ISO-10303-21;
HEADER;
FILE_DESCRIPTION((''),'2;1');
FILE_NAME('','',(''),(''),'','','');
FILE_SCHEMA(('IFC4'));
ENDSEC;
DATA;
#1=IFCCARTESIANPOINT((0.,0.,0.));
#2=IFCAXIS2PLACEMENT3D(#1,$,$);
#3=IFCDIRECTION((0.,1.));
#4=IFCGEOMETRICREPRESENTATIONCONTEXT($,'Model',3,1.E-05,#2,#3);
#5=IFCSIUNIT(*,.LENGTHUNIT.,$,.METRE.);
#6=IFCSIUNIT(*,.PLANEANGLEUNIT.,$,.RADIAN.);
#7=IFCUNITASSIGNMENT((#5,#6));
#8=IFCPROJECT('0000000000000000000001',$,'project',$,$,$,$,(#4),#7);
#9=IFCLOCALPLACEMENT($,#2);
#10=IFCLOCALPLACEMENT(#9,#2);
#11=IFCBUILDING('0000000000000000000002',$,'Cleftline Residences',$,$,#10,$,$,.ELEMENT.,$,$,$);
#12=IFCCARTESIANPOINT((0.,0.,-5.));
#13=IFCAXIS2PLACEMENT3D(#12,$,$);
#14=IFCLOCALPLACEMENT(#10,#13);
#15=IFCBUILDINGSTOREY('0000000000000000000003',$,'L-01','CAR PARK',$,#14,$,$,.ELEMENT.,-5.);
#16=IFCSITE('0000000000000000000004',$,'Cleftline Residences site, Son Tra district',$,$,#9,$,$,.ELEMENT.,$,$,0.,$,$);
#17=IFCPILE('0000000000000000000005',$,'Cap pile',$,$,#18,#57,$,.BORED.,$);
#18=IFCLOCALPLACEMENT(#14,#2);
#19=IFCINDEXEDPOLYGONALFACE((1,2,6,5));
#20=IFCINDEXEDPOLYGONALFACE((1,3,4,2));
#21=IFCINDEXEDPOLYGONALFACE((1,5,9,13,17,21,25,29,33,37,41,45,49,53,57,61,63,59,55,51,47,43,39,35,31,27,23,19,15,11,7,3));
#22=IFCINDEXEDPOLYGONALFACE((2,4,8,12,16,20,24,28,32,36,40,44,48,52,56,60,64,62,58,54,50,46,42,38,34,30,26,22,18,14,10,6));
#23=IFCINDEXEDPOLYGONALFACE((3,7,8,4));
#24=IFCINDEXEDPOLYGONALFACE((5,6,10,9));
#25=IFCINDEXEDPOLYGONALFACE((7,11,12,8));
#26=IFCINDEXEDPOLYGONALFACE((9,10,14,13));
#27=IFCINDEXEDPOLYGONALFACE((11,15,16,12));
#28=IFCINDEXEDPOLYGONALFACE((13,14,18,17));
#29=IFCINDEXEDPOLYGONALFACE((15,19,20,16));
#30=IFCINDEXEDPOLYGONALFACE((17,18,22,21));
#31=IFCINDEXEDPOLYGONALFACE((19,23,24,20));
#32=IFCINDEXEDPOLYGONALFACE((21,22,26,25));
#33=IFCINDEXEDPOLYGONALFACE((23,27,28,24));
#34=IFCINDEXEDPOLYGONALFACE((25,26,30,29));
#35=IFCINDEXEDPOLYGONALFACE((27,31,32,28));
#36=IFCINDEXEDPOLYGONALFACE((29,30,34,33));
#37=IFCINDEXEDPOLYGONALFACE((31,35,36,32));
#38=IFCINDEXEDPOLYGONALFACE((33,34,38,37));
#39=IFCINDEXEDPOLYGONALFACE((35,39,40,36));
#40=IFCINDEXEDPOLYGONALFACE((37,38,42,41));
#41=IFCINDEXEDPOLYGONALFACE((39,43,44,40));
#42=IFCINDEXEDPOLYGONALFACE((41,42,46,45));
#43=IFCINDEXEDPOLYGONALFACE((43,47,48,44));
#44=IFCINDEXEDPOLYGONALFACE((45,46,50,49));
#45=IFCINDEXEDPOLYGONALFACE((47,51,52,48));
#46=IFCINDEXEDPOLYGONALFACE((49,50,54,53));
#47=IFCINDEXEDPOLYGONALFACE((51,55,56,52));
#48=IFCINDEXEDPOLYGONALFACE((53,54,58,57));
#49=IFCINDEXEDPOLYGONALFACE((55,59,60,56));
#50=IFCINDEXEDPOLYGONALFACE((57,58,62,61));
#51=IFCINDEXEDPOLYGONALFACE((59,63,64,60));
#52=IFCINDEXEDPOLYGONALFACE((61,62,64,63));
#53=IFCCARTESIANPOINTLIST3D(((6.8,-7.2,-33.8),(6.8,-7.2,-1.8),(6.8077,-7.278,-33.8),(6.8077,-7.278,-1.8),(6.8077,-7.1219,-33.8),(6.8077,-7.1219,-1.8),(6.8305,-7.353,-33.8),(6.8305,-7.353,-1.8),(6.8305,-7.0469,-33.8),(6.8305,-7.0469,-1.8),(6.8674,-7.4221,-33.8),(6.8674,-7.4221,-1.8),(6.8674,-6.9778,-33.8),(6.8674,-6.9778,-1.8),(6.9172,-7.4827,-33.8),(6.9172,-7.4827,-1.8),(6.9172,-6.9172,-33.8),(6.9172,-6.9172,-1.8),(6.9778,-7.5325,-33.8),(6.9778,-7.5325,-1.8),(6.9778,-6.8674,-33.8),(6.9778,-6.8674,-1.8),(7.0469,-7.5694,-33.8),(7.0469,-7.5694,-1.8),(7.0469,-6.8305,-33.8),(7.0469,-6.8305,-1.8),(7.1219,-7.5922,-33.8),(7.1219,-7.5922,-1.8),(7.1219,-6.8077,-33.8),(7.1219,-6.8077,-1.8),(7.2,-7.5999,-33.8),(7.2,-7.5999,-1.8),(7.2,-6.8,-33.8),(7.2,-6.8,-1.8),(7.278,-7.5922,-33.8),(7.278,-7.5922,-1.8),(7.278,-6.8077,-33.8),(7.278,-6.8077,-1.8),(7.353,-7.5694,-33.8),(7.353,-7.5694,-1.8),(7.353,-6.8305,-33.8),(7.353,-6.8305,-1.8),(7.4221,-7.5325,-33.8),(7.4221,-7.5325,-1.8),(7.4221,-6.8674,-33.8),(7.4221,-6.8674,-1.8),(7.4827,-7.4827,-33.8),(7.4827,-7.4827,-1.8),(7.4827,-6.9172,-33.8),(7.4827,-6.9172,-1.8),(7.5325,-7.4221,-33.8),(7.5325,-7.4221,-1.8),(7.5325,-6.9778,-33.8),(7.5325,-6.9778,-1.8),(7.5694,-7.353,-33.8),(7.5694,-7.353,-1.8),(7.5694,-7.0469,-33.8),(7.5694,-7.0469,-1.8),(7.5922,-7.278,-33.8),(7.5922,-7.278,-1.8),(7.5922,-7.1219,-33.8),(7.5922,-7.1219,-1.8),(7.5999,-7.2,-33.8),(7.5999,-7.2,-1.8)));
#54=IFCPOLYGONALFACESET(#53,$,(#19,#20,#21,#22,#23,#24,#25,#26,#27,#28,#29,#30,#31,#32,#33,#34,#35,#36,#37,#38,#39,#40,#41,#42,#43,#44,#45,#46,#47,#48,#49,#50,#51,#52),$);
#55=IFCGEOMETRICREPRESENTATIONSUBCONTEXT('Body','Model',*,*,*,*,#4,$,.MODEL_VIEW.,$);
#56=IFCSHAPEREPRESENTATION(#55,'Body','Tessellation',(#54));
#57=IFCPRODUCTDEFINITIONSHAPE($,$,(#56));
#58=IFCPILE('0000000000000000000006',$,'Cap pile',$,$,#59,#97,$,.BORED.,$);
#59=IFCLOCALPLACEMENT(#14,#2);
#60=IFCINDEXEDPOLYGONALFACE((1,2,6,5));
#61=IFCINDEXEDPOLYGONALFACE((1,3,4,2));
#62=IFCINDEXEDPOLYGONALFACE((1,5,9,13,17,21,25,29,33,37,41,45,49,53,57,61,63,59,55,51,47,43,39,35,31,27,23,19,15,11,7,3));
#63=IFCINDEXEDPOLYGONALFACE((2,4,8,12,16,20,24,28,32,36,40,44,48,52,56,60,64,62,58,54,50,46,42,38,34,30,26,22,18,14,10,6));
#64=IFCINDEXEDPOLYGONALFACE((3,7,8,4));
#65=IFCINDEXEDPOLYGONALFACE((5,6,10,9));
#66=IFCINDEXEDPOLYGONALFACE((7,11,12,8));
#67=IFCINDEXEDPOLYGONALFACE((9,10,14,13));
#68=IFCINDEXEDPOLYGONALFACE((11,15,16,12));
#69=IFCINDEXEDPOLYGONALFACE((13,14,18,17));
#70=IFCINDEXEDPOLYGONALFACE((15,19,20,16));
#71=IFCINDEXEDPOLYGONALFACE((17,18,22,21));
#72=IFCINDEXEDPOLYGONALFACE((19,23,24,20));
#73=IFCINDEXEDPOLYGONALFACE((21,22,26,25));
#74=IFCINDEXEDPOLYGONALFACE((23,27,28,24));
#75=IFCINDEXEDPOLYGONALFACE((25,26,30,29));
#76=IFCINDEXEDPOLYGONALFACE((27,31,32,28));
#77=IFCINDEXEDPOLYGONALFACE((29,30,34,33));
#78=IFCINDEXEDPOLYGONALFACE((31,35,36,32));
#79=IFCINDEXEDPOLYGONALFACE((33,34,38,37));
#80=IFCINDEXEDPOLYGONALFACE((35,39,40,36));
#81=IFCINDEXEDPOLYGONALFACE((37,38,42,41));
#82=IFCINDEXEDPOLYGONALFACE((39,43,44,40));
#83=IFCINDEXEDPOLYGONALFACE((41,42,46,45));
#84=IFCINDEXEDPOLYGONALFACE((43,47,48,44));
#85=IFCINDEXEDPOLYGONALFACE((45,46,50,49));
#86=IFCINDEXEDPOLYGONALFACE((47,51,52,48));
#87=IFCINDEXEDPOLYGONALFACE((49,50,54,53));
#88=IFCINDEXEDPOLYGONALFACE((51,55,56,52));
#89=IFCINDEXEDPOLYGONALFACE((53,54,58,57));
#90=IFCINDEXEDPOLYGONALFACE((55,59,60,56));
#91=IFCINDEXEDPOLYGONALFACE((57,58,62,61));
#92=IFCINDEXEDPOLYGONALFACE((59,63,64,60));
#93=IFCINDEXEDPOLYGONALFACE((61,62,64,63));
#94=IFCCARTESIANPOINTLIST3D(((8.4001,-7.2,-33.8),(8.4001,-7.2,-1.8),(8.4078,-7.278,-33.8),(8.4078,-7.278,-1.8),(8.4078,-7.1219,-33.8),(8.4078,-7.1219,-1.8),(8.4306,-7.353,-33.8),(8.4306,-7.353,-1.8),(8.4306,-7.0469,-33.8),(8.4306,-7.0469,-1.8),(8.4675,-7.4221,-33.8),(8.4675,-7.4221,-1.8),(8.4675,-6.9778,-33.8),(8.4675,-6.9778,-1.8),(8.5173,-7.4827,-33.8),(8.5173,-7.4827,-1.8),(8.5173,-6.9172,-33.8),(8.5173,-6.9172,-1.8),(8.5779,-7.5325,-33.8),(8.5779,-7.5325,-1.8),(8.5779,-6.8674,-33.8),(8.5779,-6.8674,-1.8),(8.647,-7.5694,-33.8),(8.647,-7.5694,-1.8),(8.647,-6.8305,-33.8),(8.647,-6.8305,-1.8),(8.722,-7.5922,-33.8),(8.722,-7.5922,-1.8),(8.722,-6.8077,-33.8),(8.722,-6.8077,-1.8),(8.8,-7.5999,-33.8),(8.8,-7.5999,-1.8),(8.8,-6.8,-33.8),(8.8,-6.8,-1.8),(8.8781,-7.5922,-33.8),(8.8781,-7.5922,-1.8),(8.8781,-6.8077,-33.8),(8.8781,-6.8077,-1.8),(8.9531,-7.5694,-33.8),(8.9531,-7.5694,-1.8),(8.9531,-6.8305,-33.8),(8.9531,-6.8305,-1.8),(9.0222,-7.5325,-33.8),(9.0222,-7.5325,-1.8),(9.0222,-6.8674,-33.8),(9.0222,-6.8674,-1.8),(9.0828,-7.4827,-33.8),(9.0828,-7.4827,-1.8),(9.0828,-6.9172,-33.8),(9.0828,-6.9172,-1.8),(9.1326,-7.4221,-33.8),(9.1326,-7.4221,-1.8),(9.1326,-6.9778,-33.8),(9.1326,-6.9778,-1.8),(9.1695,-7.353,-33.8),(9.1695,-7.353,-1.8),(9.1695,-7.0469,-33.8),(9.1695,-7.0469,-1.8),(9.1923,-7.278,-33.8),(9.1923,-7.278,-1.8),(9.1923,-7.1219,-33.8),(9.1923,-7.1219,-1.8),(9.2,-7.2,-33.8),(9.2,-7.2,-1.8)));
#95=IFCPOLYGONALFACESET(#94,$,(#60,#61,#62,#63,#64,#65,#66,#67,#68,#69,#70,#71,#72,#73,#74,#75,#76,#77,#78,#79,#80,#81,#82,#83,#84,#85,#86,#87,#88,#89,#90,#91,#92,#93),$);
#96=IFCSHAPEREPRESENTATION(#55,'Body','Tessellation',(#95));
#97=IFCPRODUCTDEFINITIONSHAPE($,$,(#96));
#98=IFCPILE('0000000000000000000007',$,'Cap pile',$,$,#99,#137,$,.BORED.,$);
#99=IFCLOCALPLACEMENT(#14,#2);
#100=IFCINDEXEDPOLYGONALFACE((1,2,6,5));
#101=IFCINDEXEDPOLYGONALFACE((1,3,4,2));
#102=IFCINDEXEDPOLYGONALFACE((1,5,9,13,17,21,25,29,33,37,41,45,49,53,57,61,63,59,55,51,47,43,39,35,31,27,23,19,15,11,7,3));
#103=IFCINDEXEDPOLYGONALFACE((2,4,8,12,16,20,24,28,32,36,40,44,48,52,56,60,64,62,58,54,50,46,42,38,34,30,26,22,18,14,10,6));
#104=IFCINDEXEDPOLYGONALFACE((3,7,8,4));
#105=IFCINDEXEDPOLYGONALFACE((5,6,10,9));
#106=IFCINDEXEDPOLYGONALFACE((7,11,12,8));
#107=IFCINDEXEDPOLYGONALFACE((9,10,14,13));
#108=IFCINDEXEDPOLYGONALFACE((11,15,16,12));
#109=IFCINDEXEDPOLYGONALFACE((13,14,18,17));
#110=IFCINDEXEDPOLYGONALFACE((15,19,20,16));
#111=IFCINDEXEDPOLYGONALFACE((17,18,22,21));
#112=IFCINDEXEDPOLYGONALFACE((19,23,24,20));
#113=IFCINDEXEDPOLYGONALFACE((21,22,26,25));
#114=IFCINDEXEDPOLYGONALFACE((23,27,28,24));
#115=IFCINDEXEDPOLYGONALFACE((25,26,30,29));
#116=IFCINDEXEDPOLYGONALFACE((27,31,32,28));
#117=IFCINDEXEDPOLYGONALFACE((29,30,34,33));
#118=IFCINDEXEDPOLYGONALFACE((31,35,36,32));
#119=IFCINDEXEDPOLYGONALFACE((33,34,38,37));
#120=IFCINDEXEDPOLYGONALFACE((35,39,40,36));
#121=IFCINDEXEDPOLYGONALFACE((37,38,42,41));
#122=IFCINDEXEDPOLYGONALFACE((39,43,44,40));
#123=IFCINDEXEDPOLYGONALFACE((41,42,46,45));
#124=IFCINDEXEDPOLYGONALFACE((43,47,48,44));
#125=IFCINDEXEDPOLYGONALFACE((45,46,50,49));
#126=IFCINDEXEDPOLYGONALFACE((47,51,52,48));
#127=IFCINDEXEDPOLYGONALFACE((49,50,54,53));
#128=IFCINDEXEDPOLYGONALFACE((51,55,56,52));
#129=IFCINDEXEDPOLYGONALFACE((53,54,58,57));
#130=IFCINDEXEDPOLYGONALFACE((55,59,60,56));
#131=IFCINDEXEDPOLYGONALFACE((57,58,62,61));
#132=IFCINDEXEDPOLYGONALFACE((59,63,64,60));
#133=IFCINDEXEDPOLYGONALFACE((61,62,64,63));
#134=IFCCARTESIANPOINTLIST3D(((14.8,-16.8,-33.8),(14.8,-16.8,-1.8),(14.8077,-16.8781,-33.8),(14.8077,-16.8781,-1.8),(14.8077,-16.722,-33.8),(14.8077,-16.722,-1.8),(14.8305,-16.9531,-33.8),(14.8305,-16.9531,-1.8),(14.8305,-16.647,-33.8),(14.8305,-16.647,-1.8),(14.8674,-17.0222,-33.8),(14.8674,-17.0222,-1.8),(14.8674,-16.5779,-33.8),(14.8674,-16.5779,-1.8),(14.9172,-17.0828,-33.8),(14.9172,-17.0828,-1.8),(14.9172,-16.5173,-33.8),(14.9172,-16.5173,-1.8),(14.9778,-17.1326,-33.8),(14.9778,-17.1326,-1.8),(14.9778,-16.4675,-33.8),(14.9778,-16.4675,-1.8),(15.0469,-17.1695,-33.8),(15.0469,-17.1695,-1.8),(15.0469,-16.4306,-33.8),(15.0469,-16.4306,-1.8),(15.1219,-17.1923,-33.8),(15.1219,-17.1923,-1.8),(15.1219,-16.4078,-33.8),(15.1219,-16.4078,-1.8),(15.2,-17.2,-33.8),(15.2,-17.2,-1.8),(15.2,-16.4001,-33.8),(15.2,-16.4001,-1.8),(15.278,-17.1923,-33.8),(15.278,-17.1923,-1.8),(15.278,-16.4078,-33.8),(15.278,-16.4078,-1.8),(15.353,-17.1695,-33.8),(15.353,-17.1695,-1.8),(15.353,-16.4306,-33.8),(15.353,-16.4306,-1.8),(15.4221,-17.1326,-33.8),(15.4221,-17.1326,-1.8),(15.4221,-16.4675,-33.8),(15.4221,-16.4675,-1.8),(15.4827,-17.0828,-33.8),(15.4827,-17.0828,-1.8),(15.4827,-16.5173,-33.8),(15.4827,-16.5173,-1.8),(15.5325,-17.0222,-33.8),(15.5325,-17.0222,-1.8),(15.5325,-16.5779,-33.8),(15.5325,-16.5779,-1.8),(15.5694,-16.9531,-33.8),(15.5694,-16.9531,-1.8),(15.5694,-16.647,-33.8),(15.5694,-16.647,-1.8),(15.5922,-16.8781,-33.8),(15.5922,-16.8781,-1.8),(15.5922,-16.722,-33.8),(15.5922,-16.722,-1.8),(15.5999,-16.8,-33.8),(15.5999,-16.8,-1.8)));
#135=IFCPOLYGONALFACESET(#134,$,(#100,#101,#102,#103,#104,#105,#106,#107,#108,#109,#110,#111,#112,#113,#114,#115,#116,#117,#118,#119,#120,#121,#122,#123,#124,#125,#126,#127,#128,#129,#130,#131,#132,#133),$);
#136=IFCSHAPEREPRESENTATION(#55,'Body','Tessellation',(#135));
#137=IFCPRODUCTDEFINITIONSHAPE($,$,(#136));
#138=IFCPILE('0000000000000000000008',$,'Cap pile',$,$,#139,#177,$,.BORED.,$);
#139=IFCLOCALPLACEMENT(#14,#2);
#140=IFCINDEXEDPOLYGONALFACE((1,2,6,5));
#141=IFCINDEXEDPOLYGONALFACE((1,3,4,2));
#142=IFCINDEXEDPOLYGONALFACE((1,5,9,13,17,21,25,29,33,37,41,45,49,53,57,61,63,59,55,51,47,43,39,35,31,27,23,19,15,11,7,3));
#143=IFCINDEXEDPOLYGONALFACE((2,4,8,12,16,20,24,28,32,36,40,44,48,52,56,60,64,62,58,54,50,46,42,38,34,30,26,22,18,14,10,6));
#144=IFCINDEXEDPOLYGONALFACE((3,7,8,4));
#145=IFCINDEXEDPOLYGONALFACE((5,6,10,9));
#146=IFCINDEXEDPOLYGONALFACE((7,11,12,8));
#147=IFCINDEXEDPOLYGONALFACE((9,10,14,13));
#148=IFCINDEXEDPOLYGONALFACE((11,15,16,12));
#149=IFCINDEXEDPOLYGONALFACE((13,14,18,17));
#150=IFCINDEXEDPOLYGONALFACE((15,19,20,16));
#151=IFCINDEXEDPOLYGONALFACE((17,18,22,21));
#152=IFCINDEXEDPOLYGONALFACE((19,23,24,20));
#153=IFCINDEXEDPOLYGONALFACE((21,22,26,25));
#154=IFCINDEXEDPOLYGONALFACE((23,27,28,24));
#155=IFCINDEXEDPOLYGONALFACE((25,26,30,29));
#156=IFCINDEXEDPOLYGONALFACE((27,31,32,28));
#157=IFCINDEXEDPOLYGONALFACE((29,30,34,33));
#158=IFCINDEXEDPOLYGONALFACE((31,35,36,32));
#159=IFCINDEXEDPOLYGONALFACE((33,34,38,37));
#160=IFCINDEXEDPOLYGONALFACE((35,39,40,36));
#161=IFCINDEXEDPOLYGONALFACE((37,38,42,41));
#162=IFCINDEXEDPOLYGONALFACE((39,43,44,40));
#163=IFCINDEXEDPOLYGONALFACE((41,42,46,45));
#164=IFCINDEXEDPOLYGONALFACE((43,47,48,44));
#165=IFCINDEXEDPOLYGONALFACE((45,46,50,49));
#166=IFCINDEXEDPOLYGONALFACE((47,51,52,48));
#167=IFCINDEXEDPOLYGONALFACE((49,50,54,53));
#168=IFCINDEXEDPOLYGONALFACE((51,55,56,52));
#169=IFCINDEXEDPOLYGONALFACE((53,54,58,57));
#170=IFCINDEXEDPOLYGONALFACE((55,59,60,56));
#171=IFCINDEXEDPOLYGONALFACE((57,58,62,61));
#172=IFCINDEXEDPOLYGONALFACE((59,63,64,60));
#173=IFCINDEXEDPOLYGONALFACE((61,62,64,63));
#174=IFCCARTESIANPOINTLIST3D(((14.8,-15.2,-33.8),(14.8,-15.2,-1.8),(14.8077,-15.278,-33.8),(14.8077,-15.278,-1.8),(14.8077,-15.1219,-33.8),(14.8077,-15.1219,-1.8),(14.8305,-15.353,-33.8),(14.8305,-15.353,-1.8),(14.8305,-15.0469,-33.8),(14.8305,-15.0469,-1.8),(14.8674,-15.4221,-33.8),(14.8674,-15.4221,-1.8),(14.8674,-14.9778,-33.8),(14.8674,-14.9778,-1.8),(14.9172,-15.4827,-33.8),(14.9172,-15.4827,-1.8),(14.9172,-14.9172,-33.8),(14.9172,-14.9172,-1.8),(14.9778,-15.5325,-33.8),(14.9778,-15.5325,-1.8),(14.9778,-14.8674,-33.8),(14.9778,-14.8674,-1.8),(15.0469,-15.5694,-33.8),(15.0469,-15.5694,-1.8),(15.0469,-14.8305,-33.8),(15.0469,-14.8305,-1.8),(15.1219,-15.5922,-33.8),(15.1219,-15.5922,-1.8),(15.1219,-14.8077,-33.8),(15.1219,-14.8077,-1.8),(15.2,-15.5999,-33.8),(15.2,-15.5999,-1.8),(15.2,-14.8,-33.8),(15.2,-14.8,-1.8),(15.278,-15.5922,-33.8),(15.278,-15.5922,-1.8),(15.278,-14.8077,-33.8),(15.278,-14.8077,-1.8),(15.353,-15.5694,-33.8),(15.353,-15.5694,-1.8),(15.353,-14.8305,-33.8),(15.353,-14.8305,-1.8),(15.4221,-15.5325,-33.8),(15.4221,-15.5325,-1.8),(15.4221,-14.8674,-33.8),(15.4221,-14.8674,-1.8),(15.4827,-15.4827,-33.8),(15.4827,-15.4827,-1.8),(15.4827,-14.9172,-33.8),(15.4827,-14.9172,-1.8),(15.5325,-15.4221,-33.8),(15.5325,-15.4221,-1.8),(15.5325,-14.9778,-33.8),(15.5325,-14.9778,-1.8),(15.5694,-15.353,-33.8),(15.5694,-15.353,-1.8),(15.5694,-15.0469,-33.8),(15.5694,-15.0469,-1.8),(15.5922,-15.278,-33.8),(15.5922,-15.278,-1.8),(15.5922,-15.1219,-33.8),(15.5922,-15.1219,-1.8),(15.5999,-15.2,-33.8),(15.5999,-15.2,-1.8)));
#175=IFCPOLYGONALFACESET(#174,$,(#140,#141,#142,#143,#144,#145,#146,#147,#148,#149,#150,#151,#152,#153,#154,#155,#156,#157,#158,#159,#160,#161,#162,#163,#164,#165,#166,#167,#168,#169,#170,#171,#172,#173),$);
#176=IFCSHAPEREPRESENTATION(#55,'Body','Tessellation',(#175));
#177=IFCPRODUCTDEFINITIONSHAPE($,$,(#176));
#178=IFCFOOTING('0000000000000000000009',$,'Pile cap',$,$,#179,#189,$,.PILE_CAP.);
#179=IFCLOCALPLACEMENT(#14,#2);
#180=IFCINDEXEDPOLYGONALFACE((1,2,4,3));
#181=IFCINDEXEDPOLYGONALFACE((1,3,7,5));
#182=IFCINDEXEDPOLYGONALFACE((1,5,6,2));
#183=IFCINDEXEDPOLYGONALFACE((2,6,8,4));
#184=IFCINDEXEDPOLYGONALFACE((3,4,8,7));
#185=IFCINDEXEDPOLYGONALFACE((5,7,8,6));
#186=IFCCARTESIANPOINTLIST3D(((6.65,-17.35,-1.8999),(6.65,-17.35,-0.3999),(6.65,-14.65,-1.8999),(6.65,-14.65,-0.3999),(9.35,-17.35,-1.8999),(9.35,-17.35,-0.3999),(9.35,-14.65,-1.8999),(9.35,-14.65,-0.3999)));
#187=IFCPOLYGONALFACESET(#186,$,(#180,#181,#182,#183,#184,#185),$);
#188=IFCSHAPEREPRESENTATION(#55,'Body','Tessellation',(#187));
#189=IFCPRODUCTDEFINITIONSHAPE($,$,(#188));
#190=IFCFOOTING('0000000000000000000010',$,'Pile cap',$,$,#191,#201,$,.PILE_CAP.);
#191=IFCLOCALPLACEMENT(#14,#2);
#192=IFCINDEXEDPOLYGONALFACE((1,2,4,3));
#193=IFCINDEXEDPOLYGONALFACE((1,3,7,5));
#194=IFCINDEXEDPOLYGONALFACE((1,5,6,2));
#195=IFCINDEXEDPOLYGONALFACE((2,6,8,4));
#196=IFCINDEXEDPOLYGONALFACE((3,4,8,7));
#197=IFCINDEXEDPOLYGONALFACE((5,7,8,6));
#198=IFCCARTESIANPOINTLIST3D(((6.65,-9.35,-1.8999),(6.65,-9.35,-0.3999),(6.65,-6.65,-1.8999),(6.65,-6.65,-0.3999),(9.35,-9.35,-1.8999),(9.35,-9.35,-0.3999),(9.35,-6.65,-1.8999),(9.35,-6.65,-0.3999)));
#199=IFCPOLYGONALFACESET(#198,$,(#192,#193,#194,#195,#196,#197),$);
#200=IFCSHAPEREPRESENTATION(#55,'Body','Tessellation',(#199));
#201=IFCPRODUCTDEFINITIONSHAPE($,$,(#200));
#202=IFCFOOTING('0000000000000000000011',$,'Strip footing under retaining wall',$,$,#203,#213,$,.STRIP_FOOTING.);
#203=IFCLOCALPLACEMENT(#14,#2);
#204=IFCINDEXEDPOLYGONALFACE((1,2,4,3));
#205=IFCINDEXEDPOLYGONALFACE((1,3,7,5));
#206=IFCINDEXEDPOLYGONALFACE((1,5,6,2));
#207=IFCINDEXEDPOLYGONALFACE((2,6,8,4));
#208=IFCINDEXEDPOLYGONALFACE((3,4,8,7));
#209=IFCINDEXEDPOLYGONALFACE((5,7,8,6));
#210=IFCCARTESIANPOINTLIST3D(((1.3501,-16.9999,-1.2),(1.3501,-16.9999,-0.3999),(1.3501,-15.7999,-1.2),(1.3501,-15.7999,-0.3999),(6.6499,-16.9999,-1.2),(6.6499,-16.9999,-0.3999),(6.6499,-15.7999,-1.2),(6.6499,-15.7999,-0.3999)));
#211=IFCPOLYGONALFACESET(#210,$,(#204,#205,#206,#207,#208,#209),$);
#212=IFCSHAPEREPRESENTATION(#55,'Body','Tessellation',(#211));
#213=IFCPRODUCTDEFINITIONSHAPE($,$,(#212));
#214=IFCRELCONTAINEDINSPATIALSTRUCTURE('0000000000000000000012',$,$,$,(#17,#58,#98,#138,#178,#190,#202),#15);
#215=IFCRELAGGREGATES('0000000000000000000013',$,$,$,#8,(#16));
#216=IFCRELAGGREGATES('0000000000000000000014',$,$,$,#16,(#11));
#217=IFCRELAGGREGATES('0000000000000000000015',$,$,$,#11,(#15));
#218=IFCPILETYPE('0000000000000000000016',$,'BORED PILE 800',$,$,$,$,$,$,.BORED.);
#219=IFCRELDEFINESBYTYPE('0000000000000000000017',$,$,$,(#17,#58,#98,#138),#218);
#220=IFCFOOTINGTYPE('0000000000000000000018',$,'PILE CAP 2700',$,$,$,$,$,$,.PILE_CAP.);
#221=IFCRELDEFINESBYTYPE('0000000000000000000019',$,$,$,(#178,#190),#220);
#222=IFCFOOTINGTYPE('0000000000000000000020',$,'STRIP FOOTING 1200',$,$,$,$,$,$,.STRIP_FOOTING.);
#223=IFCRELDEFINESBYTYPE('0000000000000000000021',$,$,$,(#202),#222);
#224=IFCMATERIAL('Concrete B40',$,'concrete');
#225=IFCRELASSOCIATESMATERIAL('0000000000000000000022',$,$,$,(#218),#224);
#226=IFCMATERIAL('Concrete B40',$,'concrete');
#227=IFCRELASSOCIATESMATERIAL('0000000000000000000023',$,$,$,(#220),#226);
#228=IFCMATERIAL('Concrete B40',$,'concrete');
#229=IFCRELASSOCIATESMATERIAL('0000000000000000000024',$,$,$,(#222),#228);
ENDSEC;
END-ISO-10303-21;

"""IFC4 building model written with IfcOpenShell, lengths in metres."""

from ifc_helpers import new_model, si_unit, direction, frame, frame_2d, origin, origin_2d, place, context, subcontext, project, spatial, rectangle, circle, extrude, material, material_profile, profile_set, type_object, element, save


model = new_model("IFC4")

# Units and contexts
model_context = context("Model", 3, precision=1e-05, world=origin(), true_north=direction((0.0, 1.0)))
body_context = subcontext(model_context, "Body", "Model", "MODEL_VIEW")
ifc_project = project(units=[si_unit("LENGTHUNIT", "METRE"), si_unit("PLANEANGLEUNIT", "RADIAN")], contexts=[model_context])

# Site, building, storey
site_placement = place(None, origin())
site = spatial("IfcSite", under=ifc_project, at=site_placement, Name="Cleftline Residences site, Son Tra district", CompositionType="ELEMENT", RefElevation=0.0)
building_placement = place(site_placement, origin())
building = spatial("IfcBuilding", under=site, at=building_placement, Name="Cleftline Residences", CompositionType="ELEMENT")
storey_placement = place(building_placement, frame((0.0, 0.0, -5.0)))
storey = spatial("IfcBuildingStorey", under=building, at=storey_placement, Name="L-01", Description="CAR PARK", CompositionType="ELEMENT", Elevation=-5.0)

# Piles
ifc_material_1 = material(Name="Concrete B40", Category="concrete")
ifc_material_profile_1 = material_profile(ifc_material_1, circle(Radius=0.3999, at=origin_2d()))
ifc_profile_set_1 = profile_set([ifc_material_profile_1], Name="Concrete B40")
pile_type_1 = type_object("IfcPileType", Name="BORED PILE 800", PredefinedType="BORED", material=ifc_profile_set_1)
for number, where, z_axis, x_axis, name in (
    (1, (7.2, -7.2, -1.8), (0.0, 0.0, -1.0), (1.0, 0.0, 0.0), "Cap pile"),
    (2, (8.8, -7.2, -1.8), (0.0, 0.0, -1.0), (1.0, 0.0, 0.0), "Cap pile"),
    (3, (15.2, -16.8, -1.8), (0.0, 0.0, -1.0), (1.0, 0.0, 0.0), "Cap pile"),
    (4, (15.2, -15.2, -1.8), (0.0, 0.0, -1.0), (1.0, 0.0, 0.0), "Cap pile"),
):
    element("IfcPile", number, at=place(storey_placement, frame(where, z_axis=z_axis, x_axis=x_axis)), inside=storey, type_object=pile_type_1, Name=name, PredefinedType="BORED", context=body_context, shape_type="SweptSolid", body=[
        extrude(circle(Radius=0.3999, at=origin_2d()), origin(), (0.0, 0.0, 1.0), 32.0),
    ])

# Footings
ifc_material_2 = material(Name="Concrete B40", Category="concrete")
footing_type_1 = type_object("IfcFootingType", Name="PILE CAP 2700", PredefinedType="PILE_CAP", material=ifc_material_2)
for number, where, z_axis, x_axis, name in (
    (5, (8.0, -16.0, -1.8999), (0.0, 0.0, 1.0), (1.0, 0.0, 0.0), "Pile cap"),
    (6, (8.0, -8.0, -1.8999), (0.0, 0.0, 1.0), (1.0, 0.0, 0.0), "Pile cap"),
):
    element("IfcFooting", number, at=place(storey_placement, frame(where, z_axis=z_axis, x_axis=x_axis)), inside=storey, type_object=footing_type_1, Name=name, PredefinedType="PILE_CAP", context=body_context, shape_type="SweptSolid", body=[
        extrude(rectangle(XDim=2.7, YDim=2.7, at=origin_2d()), origin(), (0.0, 0.0, 1.0), 1.5),
    ])
ifc_material_3 = material(Name="Concrete B40", Category="concrete")
footing_type_2 = type_object("IfcFootingType", Name="STRIP FOOTING 1200", PredefinedType="STRIP_FOOTING", material=ifc_material_3)
for number, where, z_axis, x_axis, name in (
    (7, (1.3501, -16.3999, -1.2), (0.0, 0.0, 1.0), (1.0, 0.0, 0.0), "Strip footing under retaining wall"),
):
    element("IfcFooting", number, at=place(storey_placement, frame(where, z_axis=z_axis, x_axis=x_axis)), inside=storey, type_object=footing_type_2, Name=name, PredefinedType="STRIP_FOOTING", context=body_context, shape_type="SweptSolid", body=[
        extrude(rectangle(XDim=5.2998, YDim=1.2, at=frame_2d((2.6499, 0.0))), origin(), (0.0, 0.0, 1.0), 0.8),
    ])

save(model, "model.ifc")
